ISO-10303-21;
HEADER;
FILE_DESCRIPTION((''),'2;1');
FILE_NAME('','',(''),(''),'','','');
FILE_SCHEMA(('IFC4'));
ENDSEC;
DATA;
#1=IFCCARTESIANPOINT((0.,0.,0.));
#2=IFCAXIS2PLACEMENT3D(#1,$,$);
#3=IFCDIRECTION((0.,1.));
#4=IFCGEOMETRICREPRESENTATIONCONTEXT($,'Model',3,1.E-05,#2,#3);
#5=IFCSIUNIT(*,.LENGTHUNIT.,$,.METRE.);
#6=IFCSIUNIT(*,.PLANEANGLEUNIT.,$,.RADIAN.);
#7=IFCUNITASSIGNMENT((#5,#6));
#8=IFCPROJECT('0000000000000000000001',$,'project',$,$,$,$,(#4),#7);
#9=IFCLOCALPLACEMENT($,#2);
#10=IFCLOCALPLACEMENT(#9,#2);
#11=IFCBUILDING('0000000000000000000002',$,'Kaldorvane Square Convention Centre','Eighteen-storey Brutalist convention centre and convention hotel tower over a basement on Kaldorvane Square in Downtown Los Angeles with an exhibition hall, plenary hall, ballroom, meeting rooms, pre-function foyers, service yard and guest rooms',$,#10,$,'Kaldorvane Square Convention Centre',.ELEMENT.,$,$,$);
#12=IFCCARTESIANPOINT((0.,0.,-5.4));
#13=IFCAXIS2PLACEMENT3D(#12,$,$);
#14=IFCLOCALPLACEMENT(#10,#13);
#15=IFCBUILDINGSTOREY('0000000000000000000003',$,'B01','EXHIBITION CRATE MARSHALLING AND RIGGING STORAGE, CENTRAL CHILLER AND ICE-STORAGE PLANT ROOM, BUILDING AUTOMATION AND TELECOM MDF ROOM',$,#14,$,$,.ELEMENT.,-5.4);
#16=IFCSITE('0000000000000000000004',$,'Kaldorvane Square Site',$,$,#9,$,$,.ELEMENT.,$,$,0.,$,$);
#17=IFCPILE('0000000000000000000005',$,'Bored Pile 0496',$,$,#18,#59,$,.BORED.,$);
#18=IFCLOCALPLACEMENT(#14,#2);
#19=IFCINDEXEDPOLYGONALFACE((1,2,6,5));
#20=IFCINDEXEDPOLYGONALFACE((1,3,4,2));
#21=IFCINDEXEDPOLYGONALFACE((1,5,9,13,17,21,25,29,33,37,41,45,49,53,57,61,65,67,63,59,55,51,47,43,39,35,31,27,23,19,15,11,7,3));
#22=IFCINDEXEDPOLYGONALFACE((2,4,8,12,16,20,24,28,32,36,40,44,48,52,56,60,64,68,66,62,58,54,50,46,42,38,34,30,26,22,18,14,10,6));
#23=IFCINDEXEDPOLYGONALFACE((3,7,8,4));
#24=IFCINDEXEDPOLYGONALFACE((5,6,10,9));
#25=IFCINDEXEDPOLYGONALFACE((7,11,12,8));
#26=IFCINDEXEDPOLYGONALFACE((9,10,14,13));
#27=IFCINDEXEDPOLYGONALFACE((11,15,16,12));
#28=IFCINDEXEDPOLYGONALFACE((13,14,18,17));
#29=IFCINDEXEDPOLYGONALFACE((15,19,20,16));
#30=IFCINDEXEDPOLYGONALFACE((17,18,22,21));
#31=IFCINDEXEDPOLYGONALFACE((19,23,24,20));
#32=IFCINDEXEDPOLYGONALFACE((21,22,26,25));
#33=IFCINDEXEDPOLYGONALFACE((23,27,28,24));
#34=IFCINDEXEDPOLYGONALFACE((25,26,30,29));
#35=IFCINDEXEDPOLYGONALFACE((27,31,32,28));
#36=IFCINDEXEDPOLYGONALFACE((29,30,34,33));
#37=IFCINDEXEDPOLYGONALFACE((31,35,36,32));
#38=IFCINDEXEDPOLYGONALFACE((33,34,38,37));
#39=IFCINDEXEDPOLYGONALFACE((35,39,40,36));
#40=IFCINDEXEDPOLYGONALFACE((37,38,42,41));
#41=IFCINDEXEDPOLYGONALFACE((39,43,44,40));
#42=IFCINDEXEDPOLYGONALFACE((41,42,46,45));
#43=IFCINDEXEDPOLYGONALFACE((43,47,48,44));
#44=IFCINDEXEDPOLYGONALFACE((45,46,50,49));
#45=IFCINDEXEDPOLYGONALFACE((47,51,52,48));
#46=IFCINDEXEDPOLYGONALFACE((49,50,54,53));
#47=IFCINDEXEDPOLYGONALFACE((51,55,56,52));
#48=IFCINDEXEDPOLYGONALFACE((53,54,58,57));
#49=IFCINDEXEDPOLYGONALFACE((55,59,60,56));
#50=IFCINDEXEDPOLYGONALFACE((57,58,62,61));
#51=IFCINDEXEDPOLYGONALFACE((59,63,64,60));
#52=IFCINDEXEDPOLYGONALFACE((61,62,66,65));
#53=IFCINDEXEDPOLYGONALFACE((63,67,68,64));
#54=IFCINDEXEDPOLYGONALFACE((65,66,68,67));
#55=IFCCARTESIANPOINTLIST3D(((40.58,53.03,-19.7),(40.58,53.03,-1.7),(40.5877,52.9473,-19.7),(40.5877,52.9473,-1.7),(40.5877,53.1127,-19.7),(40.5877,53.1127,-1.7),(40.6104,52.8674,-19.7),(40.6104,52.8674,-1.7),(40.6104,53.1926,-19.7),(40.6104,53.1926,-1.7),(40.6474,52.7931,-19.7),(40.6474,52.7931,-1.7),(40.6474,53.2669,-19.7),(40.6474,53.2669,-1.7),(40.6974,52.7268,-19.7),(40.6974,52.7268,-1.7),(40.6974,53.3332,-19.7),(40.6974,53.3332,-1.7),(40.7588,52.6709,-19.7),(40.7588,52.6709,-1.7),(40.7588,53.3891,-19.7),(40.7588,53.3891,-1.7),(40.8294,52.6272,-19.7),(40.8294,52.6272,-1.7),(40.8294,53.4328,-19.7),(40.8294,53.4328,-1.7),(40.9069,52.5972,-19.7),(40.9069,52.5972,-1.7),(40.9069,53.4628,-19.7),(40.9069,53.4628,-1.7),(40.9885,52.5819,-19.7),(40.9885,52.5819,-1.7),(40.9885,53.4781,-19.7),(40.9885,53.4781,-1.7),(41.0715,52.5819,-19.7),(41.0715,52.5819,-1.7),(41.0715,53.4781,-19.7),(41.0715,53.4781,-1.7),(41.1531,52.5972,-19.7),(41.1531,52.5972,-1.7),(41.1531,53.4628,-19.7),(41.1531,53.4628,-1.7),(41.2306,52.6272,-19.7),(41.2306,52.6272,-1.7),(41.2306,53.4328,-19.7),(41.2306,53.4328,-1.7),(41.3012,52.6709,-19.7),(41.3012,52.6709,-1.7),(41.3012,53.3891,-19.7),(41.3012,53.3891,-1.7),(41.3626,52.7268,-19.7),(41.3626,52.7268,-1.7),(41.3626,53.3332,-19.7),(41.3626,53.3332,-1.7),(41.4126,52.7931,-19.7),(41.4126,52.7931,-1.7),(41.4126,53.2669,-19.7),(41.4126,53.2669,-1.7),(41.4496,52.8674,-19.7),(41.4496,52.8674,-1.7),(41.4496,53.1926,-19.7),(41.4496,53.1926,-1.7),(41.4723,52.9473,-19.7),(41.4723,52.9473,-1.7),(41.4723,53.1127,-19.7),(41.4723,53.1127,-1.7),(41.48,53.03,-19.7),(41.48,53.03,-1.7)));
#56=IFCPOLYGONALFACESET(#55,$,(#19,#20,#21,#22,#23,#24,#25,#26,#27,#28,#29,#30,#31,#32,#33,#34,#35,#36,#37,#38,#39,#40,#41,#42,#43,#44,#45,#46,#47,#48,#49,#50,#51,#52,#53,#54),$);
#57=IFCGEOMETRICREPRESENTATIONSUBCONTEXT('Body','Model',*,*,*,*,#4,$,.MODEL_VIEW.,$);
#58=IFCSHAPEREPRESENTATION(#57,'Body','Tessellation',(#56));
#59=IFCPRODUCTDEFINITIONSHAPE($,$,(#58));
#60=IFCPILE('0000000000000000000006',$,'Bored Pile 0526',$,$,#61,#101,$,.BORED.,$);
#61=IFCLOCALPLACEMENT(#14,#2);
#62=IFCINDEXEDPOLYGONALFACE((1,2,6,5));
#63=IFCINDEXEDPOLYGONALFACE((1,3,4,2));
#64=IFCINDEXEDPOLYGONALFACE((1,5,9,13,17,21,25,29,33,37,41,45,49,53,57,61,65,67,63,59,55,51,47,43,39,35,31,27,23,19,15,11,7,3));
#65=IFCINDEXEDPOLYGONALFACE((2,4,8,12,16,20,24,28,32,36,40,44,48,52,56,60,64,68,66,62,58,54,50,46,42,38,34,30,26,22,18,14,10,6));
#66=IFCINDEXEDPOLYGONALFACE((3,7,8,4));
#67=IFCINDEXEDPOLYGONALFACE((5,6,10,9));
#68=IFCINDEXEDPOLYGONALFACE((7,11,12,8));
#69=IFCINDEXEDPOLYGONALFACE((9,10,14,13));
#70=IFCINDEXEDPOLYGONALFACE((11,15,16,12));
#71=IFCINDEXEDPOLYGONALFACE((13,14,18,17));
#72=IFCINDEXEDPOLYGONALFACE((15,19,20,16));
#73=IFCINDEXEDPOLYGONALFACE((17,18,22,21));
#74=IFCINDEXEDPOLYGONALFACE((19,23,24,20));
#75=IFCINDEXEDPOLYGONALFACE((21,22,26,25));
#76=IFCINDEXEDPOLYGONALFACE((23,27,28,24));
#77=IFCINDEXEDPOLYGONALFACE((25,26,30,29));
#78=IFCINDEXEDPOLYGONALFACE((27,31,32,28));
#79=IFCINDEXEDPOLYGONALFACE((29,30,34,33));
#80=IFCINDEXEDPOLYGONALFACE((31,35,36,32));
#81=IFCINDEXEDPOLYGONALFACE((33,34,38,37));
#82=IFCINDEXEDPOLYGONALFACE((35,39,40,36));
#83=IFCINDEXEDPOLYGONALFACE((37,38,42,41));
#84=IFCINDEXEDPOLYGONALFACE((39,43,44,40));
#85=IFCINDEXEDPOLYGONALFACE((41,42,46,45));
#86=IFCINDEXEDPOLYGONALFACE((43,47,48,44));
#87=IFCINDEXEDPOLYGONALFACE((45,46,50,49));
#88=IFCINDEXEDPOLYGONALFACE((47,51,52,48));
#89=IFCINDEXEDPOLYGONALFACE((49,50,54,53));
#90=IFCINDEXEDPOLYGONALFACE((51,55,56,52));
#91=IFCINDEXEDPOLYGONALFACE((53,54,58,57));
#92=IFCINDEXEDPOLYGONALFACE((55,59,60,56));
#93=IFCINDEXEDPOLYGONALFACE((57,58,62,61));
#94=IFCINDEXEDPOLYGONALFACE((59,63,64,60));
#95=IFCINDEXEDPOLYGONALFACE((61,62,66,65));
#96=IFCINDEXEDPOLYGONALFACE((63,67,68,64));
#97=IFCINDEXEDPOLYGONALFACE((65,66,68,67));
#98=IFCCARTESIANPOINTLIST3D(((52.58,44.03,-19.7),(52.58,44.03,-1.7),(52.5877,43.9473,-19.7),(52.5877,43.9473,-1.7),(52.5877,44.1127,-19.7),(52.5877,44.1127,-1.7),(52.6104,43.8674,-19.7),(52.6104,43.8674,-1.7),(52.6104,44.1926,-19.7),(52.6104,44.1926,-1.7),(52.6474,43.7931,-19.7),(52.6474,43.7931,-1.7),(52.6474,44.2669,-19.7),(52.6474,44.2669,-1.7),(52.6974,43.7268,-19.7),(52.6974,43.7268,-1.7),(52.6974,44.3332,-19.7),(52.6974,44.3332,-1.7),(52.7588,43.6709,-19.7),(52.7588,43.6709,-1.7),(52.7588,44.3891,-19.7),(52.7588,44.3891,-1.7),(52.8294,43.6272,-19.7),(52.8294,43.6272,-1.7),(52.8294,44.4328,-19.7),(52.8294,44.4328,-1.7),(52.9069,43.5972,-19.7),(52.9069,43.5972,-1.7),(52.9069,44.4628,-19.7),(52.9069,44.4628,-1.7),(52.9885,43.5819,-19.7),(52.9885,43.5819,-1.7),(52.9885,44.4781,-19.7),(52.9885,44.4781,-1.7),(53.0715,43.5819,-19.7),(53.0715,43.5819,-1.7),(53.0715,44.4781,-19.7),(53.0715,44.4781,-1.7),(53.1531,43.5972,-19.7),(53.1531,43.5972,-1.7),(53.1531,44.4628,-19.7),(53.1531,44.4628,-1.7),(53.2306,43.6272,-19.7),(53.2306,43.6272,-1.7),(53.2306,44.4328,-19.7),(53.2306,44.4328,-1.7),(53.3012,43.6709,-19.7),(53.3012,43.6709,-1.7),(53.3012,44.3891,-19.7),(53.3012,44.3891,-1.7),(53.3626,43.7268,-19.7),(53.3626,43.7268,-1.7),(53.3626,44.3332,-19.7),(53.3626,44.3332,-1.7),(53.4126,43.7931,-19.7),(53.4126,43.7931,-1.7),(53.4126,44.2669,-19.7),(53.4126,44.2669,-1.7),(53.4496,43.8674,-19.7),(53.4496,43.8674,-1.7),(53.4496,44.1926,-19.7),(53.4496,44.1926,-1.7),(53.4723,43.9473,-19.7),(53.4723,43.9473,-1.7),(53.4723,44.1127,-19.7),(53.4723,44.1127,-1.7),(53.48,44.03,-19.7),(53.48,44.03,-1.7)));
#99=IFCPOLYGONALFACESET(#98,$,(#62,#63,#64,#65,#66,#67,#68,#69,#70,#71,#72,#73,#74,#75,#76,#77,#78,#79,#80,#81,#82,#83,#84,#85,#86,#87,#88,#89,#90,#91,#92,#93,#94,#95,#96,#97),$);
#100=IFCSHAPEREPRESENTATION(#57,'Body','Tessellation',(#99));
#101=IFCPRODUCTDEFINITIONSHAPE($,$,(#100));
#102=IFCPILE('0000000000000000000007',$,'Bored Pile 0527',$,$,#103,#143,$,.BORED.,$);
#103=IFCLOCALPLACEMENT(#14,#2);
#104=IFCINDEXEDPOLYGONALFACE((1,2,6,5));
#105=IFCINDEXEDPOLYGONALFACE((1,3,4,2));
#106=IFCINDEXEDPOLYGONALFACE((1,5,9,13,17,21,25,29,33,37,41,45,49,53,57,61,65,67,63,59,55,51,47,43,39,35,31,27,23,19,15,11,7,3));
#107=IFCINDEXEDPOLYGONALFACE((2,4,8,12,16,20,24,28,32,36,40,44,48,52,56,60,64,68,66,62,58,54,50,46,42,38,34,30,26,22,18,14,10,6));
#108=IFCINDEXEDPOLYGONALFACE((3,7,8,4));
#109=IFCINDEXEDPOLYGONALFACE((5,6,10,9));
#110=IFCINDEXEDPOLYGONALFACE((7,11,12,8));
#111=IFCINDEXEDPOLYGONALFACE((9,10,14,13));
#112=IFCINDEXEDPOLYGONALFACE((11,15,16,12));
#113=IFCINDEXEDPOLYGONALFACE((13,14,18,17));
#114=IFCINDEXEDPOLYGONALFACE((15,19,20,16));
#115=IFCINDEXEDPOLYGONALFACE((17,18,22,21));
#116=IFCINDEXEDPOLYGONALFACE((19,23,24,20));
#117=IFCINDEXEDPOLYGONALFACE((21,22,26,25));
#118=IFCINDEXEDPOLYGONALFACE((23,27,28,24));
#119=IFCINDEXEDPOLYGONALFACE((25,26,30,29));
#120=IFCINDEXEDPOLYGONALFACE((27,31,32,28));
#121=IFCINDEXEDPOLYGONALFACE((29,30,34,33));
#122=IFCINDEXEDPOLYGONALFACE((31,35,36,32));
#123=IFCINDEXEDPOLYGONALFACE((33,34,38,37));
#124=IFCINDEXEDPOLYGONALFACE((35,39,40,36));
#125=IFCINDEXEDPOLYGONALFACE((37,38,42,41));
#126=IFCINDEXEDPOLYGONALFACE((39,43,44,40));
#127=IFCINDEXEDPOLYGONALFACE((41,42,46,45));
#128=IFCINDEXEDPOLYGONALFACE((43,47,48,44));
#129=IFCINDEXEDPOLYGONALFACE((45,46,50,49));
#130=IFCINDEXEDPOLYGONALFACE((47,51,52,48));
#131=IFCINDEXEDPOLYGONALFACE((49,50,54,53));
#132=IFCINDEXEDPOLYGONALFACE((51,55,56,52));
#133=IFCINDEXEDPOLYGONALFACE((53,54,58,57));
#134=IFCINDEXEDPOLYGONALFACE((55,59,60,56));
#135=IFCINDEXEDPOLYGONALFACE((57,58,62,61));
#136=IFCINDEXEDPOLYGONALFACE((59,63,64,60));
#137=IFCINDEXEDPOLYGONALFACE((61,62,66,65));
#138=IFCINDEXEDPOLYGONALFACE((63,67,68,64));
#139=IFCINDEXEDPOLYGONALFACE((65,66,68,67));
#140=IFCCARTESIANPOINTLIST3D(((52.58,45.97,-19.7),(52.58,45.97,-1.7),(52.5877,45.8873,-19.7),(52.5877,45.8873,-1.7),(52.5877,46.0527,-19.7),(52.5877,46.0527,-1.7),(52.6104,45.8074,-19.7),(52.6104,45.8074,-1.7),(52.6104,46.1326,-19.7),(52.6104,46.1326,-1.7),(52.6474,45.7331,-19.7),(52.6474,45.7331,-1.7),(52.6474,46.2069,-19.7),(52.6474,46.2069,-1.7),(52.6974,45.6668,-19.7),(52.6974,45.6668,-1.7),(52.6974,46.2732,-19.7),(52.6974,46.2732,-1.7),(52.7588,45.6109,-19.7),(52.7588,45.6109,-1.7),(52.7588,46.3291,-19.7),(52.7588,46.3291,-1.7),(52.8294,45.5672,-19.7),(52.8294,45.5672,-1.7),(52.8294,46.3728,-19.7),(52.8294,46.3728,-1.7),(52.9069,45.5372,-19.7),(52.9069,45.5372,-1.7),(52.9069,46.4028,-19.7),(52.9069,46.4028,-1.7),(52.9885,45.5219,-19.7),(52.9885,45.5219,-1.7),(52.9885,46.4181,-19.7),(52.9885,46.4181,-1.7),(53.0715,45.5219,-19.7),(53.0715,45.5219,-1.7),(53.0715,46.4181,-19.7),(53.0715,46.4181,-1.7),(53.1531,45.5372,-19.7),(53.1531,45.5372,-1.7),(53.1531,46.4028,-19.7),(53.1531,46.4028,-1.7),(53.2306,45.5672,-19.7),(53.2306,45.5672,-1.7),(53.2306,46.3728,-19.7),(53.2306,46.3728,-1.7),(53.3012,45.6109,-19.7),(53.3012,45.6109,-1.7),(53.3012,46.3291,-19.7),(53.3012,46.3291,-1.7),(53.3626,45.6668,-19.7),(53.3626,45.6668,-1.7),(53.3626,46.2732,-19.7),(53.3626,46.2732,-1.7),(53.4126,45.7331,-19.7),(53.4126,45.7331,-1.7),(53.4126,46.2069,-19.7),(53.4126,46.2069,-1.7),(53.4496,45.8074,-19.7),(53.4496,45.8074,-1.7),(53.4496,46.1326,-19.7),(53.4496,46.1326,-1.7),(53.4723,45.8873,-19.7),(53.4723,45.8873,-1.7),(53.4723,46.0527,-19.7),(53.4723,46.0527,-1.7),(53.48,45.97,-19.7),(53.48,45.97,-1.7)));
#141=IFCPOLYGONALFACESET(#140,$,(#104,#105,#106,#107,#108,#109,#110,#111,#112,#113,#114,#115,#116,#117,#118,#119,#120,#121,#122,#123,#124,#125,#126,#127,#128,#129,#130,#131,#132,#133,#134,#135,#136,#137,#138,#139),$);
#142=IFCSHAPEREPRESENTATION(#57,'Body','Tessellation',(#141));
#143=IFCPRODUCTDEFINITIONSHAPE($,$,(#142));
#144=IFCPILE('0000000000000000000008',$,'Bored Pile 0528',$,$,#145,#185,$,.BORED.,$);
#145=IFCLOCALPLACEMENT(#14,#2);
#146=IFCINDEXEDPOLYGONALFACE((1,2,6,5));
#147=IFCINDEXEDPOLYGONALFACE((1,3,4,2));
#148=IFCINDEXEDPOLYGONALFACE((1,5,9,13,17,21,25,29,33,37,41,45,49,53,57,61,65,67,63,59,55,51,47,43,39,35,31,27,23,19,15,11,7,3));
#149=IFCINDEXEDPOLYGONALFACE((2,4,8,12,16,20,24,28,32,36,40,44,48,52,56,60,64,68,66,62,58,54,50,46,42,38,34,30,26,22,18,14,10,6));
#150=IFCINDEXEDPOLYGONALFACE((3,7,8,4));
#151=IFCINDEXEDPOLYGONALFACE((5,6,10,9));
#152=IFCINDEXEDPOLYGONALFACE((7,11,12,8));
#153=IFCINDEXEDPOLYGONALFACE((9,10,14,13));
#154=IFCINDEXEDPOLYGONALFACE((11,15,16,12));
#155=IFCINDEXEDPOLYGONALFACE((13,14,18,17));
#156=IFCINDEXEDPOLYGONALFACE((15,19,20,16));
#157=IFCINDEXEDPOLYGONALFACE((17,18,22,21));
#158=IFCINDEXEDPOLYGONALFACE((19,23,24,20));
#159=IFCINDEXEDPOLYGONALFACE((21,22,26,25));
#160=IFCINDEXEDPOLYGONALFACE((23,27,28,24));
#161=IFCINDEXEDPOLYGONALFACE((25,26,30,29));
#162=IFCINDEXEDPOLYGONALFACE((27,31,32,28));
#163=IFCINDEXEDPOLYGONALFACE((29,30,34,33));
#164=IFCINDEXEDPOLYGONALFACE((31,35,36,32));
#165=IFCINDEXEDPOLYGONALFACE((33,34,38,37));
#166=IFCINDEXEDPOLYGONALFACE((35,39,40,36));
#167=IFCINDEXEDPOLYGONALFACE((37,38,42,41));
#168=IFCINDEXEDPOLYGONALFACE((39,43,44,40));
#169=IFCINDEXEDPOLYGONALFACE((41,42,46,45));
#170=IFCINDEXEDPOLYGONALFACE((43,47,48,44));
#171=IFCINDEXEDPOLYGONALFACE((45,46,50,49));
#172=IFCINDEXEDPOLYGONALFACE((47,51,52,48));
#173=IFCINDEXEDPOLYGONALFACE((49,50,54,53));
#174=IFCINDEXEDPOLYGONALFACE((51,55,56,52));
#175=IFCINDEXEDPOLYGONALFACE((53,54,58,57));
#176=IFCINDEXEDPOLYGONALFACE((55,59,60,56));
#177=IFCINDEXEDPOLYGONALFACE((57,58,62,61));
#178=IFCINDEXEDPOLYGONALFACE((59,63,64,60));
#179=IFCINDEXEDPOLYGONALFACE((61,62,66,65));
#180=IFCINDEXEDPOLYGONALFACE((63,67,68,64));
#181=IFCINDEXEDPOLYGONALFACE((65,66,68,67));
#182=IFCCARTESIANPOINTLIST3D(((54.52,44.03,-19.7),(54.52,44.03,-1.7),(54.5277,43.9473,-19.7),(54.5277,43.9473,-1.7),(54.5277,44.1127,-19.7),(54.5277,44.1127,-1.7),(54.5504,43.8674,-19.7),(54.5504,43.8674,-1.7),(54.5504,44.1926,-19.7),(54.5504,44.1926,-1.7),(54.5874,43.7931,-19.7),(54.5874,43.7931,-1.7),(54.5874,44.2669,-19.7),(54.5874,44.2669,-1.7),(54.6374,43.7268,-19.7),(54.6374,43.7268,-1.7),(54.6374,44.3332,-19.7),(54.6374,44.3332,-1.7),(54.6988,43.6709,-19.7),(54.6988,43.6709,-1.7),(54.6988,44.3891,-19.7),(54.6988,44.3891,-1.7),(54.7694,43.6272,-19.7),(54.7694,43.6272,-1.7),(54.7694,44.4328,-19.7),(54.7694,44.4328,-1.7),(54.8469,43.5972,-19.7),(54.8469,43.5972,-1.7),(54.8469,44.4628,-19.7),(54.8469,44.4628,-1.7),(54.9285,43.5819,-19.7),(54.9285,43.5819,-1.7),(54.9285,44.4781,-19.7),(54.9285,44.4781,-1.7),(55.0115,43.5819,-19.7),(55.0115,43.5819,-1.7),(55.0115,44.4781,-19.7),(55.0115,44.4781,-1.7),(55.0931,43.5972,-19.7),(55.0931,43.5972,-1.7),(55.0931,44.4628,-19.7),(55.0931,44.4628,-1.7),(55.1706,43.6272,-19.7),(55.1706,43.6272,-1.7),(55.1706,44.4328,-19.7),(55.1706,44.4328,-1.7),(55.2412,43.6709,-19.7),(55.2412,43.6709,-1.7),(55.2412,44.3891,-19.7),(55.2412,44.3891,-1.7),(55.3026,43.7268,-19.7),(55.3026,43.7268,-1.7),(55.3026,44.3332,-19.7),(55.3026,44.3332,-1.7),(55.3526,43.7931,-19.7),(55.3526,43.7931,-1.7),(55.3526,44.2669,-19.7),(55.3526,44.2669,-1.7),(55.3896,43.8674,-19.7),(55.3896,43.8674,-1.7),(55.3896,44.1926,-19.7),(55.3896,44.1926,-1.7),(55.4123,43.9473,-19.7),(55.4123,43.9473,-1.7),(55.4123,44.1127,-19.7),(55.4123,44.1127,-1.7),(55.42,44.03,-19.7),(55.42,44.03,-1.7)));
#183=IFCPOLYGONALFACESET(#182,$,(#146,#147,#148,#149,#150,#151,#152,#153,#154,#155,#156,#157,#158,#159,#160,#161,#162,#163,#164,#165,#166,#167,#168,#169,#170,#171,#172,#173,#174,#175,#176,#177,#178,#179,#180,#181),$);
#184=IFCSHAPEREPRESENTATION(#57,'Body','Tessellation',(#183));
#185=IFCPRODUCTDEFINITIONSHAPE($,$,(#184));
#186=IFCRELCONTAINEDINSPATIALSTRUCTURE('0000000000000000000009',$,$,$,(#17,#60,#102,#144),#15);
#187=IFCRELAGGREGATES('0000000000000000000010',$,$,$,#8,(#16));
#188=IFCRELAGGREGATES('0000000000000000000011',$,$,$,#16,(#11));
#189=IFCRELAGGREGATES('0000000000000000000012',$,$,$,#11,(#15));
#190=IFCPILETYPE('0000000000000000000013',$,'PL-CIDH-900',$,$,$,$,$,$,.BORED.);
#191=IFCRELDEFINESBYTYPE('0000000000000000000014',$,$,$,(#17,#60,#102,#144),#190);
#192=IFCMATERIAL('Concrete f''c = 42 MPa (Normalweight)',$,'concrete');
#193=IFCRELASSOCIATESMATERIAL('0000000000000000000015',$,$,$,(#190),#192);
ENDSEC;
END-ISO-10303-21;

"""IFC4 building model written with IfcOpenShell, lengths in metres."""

from ifc_helpers import new_model, si_unit, direction, frame, origin, origin_2d, place, context, subcontext, project, spatial, circle, extrude, material, material_profile, profile_set, type_object, element, save


model = new_model("IFC4")

# Units and contexts
model_context = context("Model", 3, precision=1e-05, world=origin(), true_north=direction((0.0, 1.0)))
body_context = subcontext(model_context, "Body", "Model", "MODEL_VIEW")
ifc_project = project(units=[si_unit("LENGTHUNIT", "METRE"), si_unit("PLANEANGLEUNIT", "RADIAN")], contexts=[model_context])

# Site, building, storey
site_placement = place(None, origin())
site = spatial("IfcSite", under=ifc_project, at=site_placement, Name="Kaldorvane Square Site", CompositionType="ELEMENT", RefElevation=0.0)
building_placement = place(site_placement, origin())
building = spatial("IfcBuilding", under=site, at=building_placement, Name="Kaldorvane Square Convention Centre", Description="Eighteen-storey Brutalist convention centre and convention hotel tower over a basement on Kaldorvane Square in Downtown Los Angeles with an exhibition hall, plenary hall, ballroom, meeting rooms, pre-function foyers, service yard and guest rooms", LongName="Kaldorvane Square Convention Centre", CompositionType="ELEMENT")
storey_placement = place(building_placement, frame((0.0, 0.0, -5.4)))
storey = spatial("IfcBuildingStorey", under=building, at=storey_placement, Name="B01", Description="EXHIBITION CRATE MARSHALLING AND RIGGING STORAGE, CENTRAL CHILLER AND ICE-STORAGE PLANT ROOM, BUILDING AUTOMATION AND TELECOM MDF ROOM", CompositionType="ELEMENT", Elevation=-5.4)

# Shared definitions
ifc_material_1 = material(Name="Concrete f'c = 42 MPa (Normalweight)", Category="concrete")

# Piles
ifc_material_profile_1 = material_profile(ifc_material_1, circle(Radius=0.45, at=origin_2d()), Name="PILE-D900")
ifc_profile_set_1 = profile_set([ifc_material_profile_1], Name="Concrete f'c = 42 MPa (Normalweight)")
pile_type = type_object("IfcPileType", Name="PL-CIDH-900", PredefinedType="BORED", material=ifc_profile_set_1)
for number, where, z_axis, x_axis, name in (
    (1, (41.03, 53.03, -1.7), (0.0, 0.0, -1.0), (1.0, 0.0, 0.0), "Bored Pile 0496"),
    (2, (53.03, 44.03, -1.7), (0.0, 0.0, -1.0), (1.0, 0.0, 0.0), "Bored Pile 0526"),
    (3, (53.03, 45.97, -1.7), (0.0, 0.0, -1.0), (1.0, 0.0, 0.0), "Bored Pile 0527"),
    (4, (54.97, 44.03, -1.7), (0.0, 0.0, -1.0), (1.0, 0.0, 0.0), "Bored Pile 0528"),
):
    element("IfcPile", number, at=place(storey_placement, frame(where, z_axis=z_axis, x_axis=x_axis)), inside=storey, type_object=pile_type, Name=name, PredefinedType="BORED", context=body_context, shape_type="SweptSolid", body=[
        extrude(circle(Radius=0.45, at=origin_2d()), origin(), (0.0, 0.0, 1.0), 18.0),
    ])

save(model, "model.ifc")
